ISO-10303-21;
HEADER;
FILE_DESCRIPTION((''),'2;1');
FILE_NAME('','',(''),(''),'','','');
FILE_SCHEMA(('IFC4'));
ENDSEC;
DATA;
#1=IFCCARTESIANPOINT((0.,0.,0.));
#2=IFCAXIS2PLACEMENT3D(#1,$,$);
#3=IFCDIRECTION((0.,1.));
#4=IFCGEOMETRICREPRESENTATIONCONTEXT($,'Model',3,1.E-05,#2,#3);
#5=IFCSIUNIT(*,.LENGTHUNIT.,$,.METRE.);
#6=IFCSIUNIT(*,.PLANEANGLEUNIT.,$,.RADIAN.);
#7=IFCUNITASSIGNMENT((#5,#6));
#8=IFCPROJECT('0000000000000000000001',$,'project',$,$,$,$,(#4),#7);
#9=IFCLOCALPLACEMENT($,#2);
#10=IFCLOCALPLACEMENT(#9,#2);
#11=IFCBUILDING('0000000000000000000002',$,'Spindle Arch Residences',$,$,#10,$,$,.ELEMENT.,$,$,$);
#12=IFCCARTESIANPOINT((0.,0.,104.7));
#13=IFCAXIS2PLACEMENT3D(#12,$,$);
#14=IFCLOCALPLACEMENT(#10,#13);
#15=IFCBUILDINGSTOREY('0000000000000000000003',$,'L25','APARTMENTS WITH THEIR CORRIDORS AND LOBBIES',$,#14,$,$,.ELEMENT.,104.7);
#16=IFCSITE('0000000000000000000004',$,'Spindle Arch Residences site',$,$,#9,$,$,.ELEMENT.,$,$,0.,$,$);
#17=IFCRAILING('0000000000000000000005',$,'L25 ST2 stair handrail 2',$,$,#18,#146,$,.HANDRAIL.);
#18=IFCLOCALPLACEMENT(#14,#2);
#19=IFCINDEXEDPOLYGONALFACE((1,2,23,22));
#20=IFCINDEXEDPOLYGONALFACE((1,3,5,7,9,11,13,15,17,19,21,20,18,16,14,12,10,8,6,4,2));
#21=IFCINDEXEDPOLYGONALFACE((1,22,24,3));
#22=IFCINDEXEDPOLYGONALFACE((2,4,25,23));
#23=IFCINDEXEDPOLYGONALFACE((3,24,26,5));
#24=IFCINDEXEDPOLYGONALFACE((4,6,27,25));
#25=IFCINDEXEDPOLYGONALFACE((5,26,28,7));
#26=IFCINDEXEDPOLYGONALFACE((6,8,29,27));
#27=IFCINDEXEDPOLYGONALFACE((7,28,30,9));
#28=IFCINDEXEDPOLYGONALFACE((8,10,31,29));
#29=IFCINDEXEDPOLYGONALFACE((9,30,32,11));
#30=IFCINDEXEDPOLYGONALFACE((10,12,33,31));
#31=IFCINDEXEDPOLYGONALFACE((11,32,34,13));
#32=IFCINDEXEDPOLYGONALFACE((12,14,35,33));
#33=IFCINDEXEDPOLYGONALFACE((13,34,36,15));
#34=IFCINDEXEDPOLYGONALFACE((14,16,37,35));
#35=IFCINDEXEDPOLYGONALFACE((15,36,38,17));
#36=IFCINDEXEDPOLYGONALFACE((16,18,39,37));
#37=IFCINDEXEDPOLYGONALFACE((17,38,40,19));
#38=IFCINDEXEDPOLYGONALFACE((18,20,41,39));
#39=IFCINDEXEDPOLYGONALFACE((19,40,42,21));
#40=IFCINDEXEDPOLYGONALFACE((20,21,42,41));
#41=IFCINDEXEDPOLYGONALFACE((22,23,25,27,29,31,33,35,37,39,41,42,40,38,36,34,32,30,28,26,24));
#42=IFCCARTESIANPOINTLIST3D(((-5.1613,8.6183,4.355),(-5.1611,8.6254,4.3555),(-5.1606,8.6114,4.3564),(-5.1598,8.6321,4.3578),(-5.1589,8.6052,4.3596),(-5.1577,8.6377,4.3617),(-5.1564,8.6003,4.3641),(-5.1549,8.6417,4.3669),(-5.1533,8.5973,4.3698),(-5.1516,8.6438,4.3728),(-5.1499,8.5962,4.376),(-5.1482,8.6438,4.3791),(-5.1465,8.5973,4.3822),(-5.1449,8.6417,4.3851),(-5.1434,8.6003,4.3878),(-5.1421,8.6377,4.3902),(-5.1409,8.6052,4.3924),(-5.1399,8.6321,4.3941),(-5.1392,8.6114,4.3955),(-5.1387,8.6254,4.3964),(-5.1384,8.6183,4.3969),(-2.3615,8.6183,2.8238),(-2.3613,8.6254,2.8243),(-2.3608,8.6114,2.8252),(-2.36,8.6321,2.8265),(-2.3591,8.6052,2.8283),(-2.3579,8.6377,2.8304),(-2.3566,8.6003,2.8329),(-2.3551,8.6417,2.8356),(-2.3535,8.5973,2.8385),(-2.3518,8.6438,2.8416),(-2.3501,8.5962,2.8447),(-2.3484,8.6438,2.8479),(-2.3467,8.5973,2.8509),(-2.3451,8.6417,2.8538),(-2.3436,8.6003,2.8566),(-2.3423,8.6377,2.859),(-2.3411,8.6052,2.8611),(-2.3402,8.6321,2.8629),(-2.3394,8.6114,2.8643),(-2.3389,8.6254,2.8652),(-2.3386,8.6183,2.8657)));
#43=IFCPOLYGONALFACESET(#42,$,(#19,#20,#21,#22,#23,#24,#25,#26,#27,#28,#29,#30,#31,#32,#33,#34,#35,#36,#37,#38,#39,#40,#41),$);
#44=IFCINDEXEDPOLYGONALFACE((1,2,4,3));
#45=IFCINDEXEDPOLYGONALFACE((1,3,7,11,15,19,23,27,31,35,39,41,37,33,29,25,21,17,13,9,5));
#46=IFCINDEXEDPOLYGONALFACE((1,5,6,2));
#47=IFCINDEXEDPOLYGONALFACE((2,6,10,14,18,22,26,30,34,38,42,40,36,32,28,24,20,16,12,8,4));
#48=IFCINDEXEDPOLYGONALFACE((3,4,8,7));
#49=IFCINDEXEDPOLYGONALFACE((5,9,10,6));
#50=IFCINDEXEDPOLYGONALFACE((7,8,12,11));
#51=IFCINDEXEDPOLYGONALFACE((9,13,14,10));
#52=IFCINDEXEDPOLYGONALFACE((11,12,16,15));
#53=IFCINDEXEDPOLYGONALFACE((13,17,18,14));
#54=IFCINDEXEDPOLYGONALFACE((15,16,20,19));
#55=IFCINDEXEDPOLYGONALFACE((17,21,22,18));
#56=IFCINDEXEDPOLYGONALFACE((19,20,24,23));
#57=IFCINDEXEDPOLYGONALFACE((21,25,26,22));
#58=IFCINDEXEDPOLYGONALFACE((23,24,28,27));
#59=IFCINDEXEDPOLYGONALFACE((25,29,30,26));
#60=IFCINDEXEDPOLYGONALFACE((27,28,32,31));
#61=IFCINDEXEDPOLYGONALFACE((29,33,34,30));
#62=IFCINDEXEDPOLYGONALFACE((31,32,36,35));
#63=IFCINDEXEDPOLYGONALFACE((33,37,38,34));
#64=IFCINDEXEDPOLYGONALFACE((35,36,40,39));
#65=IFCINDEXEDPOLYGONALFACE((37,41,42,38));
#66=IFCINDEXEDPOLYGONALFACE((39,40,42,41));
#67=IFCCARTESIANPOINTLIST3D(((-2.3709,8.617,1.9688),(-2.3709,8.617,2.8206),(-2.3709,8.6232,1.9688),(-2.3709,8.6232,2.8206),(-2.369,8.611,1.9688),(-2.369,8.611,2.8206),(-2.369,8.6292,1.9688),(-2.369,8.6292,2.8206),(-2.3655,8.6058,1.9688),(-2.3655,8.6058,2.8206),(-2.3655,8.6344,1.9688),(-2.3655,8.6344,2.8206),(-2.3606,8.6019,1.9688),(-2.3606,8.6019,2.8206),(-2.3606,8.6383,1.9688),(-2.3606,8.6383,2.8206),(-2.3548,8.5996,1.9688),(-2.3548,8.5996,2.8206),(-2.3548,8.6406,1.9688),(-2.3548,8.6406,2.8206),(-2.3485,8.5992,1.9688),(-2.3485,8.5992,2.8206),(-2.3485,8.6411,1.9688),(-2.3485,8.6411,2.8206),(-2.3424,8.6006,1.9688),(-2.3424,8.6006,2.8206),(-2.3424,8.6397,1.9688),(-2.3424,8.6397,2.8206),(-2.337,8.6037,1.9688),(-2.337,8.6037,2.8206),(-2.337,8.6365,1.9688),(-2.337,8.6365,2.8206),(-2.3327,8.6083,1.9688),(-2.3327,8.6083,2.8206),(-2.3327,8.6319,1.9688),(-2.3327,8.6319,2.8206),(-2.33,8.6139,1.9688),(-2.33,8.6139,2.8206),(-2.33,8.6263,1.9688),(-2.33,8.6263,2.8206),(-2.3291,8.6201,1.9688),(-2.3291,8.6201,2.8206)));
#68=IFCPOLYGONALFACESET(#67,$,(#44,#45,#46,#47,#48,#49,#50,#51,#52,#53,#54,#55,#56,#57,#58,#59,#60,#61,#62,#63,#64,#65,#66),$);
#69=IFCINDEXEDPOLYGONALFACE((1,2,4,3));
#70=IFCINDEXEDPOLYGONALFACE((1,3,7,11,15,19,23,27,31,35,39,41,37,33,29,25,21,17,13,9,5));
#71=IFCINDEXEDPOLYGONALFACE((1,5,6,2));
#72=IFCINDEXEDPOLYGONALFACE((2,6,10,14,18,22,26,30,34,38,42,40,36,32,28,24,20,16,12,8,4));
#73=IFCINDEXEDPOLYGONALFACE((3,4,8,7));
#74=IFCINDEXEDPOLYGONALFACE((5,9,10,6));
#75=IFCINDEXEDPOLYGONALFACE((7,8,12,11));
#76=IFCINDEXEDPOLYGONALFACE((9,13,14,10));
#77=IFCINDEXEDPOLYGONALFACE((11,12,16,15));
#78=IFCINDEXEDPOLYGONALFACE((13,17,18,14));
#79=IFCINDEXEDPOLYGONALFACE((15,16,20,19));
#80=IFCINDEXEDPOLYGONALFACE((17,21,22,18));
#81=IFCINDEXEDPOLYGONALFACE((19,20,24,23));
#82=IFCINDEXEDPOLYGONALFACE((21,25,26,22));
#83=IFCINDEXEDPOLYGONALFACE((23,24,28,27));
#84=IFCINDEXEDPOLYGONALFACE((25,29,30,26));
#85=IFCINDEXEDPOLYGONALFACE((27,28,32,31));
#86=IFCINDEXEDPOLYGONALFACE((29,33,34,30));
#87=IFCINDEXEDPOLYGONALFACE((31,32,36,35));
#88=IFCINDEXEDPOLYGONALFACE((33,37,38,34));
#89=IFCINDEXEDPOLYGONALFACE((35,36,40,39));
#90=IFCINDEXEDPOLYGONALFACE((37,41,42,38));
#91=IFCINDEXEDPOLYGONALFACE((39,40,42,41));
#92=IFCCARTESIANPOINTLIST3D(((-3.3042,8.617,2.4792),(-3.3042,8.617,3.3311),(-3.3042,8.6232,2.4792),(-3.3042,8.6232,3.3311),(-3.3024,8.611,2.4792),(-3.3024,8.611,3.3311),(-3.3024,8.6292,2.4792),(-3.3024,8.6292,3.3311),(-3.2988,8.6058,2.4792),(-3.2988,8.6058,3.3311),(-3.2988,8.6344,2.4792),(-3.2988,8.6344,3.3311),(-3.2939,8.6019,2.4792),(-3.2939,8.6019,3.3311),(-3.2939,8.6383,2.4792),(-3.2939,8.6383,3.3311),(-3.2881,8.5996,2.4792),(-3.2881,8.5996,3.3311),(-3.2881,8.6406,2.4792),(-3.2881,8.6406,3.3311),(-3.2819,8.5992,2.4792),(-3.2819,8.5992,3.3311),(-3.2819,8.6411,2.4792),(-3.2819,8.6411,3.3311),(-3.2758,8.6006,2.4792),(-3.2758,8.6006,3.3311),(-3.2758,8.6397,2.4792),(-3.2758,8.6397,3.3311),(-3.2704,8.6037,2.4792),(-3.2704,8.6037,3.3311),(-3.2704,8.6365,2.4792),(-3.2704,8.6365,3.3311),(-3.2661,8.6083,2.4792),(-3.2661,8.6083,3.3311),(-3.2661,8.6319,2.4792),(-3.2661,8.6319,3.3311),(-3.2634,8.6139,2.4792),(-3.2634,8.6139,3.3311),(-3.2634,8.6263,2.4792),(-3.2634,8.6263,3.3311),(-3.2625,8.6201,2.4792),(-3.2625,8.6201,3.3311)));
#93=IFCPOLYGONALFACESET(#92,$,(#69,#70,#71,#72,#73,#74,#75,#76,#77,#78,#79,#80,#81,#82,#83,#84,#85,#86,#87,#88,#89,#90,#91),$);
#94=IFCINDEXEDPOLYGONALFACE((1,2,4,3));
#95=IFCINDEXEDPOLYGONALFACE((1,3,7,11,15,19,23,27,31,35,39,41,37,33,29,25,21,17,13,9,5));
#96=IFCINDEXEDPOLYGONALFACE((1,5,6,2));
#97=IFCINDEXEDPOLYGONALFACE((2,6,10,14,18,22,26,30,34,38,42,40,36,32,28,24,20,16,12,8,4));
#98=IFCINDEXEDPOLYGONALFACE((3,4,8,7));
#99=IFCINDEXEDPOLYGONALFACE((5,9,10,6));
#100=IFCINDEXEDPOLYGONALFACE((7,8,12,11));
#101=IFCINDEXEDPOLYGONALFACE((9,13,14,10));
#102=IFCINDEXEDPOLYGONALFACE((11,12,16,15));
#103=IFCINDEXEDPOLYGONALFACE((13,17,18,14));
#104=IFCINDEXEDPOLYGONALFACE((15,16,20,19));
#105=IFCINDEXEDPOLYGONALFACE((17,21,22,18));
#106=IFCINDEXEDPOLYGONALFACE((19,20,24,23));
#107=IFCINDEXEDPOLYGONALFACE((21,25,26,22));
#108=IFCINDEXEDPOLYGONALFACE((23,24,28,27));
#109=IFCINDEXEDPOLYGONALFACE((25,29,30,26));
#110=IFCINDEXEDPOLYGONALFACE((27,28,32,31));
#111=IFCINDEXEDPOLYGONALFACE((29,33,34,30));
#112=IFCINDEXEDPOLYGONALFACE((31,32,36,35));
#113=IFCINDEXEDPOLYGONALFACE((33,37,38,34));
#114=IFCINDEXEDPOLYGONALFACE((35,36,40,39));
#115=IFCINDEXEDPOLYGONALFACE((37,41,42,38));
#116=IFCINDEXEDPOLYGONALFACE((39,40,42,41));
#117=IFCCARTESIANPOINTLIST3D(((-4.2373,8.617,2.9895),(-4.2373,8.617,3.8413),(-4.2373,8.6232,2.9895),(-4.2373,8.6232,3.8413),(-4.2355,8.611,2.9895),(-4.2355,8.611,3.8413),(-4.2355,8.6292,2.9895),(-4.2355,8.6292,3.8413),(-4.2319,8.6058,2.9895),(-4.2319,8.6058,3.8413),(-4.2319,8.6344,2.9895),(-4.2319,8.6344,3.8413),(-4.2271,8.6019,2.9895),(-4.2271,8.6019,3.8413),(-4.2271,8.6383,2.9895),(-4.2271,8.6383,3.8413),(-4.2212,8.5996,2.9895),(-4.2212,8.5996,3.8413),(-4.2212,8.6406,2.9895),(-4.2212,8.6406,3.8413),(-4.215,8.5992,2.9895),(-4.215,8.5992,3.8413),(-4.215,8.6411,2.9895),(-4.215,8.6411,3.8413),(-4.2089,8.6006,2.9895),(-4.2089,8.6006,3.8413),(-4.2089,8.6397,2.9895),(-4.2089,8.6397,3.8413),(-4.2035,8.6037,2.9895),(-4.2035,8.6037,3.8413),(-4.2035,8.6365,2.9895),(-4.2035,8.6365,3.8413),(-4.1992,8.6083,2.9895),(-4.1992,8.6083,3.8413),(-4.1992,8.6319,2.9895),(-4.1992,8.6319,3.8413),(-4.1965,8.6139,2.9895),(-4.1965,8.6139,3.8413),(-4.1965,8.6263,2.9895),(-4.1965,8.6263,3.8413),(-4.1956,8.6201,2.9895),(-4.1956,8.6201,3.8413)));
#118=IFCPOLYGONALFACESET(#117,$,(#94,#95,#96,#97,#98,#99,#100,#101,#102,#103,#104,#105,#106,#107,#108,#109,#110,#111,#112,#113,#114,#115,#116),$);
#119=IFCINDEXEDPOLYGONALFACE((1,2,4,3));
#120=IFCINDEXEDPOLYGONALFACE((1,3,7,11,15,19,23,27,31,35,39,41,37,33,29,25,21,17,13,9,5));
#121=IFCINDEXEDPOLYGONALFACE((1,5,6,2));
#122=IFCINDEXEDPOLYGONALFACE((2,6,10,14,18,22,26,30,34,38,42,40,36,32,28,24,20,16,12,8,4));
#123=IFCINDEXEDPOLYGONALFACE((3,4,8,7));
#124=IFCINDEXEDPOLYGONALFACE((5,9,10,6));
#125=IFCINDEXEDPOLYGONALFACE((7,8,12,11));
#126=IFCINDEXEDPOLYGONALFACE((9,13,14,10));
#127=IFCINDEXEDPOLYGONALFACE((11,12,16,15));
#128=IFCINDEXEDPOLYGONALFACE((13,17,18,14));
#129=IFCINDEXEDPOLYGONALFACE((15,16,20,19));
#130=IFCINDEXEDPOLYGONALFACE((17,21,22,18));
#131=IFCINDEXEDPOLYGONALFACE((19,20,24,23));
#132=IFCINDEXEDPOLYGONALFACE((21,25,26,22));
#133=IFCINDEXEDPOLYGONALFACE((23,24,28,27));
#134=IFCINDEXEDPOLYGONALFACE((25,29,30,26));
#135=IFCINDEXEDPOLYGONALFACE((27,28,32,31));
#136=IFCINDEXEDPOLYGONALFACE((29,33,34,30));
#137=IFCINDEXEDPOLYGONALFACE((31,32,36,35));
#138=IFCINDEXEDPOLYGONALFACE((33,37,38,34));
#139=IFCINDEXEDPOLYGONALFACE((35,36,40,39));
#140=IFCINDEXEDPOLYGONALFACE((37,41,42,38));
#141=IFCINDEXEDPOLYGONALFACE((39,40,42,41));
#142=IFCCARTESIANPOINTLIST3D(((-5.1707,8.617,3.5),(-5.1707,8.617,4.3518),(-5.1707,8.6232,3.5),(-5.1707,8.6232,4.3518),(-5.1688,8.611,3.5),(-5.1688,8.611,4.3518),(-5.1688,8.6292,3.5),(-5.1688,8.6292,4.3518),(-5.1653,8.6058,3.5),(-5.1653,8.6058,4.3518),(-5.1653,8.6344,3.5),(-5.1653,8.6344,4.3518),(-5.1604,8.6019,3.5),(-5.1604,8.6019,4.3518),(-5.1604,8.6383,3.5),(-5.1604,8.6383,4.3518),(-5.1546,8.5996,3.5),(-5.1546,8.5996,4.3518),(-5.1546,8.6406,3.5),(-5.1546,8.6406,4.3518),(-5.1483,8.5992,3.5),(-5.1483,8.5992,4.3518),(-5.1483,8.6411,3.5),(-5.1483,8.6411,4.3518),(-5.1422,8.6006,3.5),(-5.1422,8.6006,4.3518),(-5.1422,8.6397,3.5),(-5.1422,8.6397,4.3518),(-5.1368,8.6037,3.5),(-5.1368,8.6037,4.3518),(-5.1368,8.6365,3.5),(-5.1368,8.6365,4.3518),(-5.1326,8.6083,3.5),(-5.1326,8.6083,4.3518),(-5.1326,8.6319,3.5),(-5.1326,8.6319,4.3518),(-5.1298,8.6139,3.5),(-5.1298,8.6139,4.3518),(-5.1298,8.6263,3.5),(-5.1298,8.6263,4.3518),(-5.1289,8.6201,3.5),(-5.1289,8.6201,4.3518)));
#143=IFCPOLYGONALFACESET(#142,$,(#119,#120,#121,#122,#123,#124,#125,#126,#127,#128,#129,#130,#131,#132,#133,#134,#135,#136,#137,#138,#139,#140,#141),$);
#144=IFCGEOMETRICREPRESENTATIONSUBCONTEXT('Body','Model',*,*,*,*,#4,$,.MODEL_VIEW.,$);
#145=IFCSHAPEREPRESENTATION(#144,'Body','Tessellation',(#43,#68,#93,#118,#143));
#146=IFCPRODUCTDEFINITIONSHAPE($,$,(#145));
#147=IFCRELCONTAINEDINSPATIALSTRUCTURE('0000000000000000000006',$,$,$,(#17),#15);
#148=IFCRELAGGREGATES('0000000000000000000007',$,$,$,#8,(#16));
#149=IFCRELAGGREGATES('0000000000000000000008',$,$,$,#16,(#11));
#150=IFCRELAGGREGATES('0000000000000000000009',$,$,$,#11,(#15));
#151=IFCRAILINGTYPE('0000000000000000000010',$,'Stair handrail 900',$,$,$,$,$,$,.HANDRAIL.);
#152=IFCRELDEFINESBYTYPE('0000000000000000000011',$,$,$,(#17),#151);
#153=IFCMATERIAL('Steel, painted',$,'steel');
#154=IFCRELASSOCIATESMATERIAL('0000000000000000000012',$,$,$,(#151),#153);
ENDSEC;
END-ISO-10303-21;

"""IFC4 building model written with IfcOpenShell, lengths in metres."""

from ifc_helpers import new_model, si_unit, direction, frame, origin, origin_2d, place, context, subcontext, project, spatial, circle, extrude, material, type_object, element, save


model = new_model("IFC4")

# Units and contexts
model_context = context("Model", 3, precision=1e-05, world=origin(), true_north=direction((0.0, 1.0)))
body_context = subcontext(model_context, "Body", "Model", "MODEL_VIEW")
ifc_project = project(units=[si_unit("LENGTHUNIT", "METRE"), si_unit("PLANEANGLEUNIT", "RADIAN")], contexts=[model_context])

# Site, building, storey
site_placement = place(None, origin())
site = spatial("IfcSite", under=ifc_project, at=site_placement, Name="Spindle Arch Residences site", CompositionType="ELEMENT", RefElevation=0.0)
building_placement = place(site_placement, origin())
building = spatial("IfcBuilding", under=site, at=building_placement, Name="Spindle Arch Residences", CompositionType="ELEMENT")
storey_placement = place(building_placement, frame((0.0, 0.0, 104.7)))
storey = spatial("IfcBuildingStorey", under=building, at=storey_placement, Name="L25", Description="APARTMENTS WITH THEIR CORRIDORS AND LOBBIES", CompositionType="ELEMENT", Elevation=104.7)

# Railing
ifc_material_1 = material(Name="Steel, painted", Category="steel")
railing_type = type_object("IfcRailingType", Name="Stair handrail 900", PredefinedType="HANDRAIL", material=ifc_material_1)
railing_placement = place(storey_placement, frame((-2.3501, 8.6201, 1.9688)))
element("IfcRailing", 1, at=railing_placement, inside=storey, type_object=railing_type, Name="L25 ST2 stair handrail 2", PredefinedType="HANDRAIL", context=body_context, shape_type="SweptSolid", body=[
    extrude(circle(Radius=0.0239, at=origin_2d()), frame((0.0, 0.0, 0.876), z_axis=(-0.877357, 0.0, 0.479838), x_axis=(0.0, -1.0, 0.0)), (0.0, 0.0, 1.0), 3.1912),
    extrude(circle(Radius=0.021, at=origin_2d()), origin(), (0.0, 0.0, 1.0), 0.8518),
    extrude(circle(Radius=0.021, at=origin_2d()), frame((-0.9333, 0.0, 0.5105)), (0.0, 0.0, 1.0), 0.8518),
    extrude(circle(Radius=0.021, at=origin_2d()), frame((-1.8665, 0.0, 1.0208)), (0.0, 0.0, 1.0), 0.8518),
    extrude(circle(Radius=0.021, at=origin_2d()), frame((-2.7998, 0.0, 1.5312)), (0.0, 0.0, 1.0), 0.8518),
])

save(model, "model.ifc")
